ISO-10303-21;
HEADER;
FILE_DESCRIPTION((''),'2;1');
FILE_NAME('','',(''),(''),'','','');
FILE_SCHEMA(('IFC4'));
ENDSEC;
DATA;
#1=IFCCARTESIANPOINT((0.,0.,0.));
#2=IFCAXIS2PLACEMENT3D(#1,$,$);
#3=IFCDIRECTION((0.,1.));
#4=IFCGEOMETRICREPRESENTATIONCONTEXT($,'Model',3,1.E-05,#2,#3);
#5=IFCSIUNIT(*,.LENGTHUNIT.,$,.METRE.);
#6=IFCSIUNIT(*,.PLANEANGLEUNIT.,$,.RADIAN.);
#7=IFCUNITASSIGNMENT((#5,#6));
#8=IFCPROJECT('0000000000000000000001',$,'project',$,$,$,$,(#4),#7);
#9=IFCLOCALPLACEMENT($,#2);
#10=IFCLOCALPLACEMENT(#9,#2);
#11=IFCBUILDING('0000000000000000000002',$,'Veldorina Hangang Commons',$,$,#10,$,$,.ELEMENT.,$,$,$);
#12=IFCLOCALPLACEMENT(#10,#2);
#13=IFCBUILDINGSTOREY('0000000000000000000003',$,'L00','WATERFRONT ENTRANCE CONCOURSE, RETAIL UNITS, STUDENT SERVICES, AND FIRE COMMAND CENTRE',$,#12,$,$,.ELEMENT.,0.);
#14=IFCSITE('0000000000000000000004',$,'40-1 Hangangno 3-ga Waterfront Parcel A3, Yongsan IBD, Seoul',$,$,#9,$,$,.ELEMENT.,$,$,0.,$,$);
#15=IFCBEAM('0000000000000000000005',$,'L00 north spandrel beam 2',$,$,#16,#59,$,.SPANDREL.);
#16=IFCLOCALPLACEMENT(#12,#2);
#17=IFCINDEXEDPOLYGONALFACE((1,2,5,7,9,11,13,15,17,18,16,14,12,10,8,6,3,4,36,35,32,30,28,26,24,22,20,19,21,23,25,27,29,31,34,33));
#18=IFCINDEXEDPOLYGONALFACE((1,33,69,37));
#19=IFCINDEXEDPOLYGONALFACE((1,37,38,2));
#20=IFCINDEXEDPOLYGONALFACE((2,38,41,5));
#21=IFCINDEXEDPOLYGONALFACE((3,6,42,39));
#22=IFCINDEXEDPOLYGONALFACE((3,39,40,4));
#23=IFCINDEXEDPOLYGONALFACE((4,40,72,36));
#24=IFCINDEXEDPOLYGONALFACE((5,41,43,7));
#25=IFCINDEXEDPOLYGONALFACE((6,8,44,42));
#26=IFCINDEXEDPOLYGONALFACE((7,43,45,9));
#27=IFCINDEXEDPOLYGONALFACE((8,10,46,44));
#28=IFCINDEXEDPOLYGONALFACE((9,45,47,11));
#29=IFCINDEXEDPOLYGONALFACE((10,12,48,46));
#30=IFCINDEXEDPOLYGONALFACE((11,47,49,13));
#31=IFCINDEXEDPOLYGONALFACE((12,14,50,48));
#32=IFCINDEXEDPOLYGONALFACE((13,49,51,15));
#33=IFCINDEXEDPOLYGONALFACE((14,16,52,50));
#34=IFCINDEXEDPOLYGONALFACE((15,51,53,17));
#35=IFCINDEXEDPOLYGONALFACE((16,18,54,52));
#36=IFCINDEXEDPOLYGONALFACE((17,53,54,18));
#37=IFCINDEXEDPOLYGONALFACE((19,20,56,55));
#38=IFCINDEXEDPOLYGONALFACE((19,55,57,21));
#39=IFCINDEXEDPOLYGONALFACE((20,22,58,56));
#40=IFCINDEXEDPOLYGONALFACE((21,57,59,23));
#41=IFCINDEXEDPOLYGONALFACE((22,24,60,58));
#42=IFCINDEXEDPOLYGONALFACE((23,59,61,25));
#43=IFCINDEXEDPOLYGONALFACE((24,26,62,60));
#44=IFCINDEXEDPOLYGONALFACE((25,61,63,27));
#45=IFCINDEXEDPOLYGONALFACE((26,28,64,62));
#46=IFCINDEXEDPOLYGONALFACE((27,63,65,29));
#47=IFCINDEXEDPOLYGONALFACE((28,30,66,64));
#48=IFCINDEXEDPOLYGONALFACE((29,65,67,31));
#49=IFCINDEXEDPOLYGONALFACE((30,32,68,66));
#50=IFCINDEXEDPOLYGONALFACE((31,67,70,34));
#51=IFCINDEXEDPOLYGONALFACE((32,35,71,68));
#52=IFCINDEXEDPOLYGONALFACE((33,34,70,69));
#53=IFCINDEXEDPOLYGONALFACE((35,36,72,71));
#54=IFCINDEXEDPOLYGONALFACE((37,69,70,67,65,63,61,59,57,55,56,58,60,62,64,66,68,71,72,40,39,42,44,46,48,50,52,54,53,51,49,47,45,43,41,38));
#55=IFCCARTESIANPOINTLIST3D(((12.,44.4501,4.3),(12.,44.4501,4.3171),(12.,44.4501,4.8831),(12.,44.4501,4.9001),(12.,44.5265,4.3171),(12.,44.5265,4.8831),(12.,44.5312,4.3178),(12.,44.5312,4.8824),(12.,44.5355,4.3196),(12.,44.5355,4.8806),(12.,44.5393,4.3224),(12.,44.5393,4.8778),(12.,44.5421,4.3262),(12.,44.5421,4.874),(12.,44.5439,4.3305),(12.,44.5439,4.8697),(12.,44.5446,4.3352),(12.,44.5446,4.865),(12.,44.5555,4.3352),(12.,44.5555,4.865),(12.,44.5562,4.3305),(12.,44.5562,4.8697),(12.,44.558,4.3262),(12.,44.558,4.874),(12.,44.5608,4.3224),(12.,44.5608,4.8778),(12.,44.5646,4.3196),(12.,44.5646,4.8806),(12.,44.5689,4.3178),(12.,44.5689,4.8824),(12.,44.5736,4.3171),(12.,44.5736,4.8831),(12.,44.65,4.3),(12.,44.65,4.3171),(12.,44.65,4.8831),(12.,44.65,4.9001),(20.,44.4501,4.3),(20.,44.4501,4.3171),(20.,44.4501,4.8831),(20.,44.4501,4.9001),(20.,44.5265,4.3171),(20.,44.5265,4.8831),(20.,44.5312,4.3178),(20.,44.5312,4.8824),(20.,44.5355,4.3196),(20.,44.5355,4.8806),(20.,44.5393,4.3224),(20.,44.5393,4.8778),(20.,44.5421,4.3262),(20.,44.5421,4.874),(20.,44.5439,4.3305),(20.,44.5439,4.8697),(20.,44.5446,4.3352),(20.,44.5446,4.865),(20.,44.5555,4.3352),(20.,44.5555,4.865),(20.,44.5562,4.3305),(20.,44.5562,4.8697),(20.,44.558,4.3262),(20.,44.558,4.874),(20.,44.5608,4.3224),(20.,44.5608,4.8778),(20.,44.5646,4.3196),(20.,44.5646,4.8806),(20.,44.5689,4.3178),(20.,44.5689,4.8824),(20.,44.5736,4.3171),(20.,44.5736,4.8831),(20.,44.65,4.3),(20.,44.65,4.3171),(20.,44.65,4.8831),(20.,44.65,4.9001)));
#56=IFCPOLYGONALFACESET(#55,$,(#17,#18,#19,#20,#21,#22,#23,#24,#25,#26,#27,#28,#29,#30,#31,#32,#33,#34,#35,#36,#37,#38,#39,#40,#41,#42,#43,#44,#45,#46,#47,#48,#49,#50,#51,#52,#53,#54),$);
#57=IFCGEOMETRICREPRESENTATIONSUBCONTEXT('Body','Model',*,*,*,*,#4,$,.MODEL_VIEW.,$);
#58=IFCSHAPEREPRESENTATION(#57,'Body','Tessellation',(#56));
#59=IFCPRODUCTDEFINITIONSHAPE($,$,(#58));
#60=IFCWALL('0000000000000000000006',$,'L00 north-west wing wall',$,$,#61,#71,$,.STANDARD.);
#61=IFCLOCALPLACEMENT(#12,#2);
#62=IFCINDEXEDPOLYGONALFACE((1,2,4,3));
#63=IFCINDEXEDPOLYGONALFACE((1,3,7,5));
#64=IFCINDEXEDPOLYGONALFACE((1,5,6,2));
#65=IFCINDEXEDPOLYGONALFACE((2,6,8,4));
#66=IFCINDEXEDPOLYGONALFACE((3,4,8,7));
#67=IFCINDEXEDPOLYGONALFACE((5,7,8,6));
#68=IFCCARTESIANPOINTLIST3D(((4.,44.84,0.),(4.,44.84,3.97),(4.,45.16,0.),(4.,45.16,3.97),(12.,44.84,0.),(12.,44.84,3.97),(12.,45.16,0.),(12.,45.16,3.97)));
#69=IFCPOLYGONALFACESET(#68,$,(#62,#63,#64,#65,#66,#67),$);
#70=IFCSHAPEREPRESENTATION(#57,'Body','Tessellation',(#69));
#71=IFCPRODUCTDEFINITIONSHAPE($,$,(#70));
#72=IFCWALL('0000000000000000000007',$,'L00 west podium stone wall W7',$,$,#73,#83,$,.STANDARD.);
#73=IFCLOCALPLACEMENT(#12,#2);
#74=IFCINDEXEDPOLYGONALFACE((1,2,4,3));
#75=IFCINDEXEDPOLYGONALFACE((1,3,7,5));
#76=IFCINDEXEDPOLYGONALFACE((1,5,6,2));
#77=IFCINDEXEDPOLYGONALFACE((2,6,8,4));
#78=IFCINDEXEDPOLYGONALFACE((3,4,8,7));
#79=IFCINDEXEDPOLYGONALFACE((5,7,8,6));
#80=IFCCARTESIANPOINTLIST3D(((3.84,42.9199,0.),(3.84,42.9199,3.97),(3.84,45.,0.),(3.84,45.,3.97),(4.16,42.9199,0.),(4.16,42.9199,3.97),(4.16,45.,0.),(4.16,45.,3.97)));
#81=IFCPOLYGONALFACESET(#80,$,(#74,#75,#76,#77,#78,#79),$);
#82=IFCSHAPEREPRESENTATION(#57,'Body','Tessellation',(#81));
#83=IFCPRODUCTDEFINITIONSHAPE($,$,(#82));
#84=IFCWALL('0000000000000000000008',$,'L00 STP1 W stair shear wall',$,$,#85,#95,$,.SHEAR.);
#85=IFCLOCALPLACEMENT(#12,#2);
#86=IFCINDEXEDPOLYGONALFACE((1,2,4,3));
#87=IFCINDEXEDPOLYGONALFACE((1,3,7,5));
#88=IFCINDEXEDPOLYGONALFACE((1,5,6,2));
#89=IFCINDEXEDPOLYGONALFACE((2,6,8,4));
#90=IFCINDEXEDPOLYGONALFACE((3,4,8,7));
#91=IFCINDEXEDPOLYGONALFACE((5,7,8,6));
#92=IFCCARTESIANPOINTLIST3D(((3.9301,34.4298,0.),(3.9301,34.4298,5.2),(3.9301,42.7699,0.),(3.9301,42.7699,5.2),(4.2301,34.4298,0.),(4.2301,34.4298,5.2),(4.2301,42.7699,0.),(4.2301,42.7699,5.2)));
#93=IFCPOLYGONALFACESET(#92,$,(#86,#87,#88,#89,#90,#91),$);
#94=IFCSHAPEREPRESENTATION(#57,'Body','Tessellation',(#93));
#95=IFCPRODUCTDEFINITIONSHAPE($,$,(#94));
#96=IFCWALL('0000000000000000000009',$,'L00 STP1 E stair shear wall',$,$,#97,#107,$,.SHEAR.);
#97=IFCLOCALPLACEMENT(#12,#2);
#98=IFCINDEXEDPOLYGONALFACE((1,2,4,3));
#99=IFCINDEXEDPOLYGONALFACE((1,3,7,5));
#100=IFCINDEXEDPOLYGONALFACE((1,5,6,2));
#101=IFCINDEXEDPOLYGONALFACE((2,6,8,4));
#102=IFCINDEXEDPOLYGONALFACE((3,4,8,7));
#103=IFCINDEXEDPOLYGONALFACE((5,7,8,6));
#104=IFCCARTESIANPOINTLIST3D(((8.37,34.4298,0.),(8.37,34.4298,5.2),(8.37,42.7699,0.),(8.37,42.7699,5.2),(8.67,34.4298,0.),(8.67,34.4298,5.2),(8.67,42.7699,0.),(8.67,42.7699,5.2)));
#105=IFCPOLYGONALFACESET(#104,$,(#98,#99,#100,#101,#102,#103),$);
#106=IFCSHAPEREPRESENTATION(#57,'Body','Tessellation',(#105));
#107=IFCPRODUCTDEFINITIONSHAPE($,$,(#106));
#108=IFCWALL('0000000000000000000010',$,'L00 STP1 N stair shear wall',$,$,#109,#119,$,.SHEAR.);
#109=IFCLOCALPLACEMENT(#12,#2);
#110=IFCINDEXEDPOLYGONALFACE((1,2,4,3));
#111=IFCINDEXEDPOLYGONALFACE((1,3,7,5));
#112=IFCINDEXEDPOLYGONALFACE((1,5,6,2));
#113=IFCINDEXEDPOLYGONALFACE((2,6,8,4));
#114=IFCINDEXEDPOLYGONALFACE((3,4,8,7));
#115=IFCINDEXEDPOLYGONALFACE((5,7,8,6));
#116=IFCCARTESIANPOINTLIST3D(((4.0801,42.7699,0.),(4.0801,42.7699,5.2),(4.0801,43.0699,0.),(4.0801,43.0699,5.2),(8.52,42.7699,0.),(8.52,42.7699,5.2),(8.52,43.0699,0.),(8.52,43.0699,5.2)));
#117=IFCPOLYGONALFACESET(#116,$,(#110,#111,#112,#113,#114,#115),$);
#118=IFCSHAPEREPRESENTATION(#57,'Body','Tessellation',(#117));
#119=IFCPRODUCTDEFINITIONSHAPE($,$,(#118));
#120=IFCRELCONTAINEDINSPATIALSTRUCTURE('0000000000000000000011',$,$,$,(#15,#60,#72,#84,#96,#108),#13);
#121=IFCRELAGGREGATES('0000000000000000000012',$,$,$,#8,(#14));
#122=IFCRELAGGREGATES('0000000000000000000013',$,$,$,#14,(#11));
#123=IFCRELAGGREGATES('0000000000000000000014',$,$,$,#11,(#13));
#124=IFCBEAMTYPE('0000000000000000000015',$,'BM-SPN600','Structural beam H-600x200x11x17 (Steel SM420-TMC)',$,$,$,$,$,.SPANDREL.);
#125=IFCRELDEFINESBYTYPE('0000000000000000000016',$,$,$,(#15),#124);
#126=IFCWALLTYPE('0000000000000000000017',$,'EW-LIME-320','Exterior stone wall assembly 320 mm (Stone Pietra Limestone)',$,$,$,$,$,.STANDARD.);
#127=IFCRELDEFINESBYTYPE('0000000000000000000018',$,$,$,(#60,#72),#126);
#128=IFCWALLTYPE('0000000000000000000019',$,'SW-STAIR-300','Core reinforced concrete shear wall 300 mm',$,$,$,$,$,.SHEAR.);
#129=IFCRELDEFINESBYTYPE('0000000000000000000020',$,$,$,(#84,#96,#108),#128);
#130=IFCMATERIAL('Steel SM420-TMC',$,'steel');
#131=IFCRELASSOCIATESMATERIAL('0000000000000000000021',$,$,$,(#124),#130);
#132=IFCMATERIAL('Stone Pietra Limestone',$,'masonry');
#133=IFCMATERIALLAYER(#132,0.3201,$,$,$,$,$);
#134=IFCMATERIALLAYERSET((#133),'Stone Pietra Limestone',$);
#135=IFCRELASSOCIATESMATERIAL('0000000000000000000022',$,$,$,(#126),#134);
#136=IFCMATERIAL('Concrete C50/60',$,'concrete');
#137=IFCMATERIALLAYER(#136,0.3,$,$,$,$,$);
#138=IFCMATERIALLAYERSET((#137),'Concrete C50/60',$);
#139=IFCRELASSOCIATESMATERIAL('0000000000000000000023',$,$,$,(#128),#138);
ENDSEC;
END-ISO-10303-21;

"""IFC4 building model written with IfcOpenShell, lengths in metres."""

from ifc_helpers import new_model, si_unit, direction, frame, frame_2d, origin, origin_2d, place, context, subcontext, project, spatial, rectangle, i_section, extrude, material, layer, layer_set, material_profile, profile_set, type_object, element, save


model = new_model("IFC4")

# Units and contexts
model_context = context("Model", 3, precision=1e-05, world=origin(), true_north=direction((0.0, 1.0)))
body_context = subcontext(model_context, "Body", "Model", "MODEL_VIEW")
ifc_project = project(units=[si_unit("LENGTHUNIT", "METRE"), si_unit("PLANEANGLEUNIT", "RADIAN")], contexts=[model_context])

# Site, building, storey
site_placement = place(None, origin())
site = spatial("IfcSite", under=ifc_project, at=site_placement, Name="40-1 Hangangno 3-ga Waterfront Parcel A3, Yongsan IBD, Seoul", CompositionType="ELEMENT", RefElevation=0.0)
building_placement = place(site_placement, origin())
building = spatial("IfcBuilding", under=site, at=building_placement, Name="Veldorina Hangang Commons", CompositionType="ELEMENT")
storey_placement = place(building_placement, origin())
storey = spatial("IfcBuildingStorey", under=building, at=storey_placement, Name="L00", Description="WATERFRONT ENTRANCE CONCOURSE, RETAIL UNITS, STUDENT SERVICES, AND FIRE COMMAND CENTRE", CompositionType="ELEMENT", Elevation=0.0)

# Beam
ifc_material_1 = material(Name="Steel SM420-TMC", Category="steel")
ifc_material_profile_1 = material_profile(ifc_material_1, i_section(OverallWidth=0.2, OverallDepth=0.6001, WebThickness=0.011, FlangeThickness=0.0171, FilletRadius=0.0181, at=origin_2d()), Name="H-600x200x11x17")
ifc_profile_set_1 = profile_set([ifc_material_profile_1], Name="Steel SM420-TMC")
beam_type_1 = type_object("IfcBeamType", Name="BM-SPN600", Description="Structural beam H-600x200x11x17 (Steel SM420-TMC)", PredefinedType="SPANDREL", material=ifc_profile_set_1)
beam_1_placement = place(storey_placement, frame((12.0, 44.55, 4.6001), z_axis=(1.0, 0.0, 0.0), x_axis=(0.0, 1.0, 0.0)))
element("IfcBeam", 1, at=beam_1_placement, inside=storey, type_object=beam_type_1, Name="L00 north spandrel beam 2", PredefinedType="SPANDREL", context=body_context, shape_type="SweptSolid", body=[
    extrude(i_section(OverallWidth=0.2, OverallDepth=0.6001, WebThickness=0.011, FlangeThickness=0.0171, FilletRadius=0.0181, at=origin_2d()), origin(), (0.0, 0.0, 1.0), 8.0),
])

# Walls
ifc_material_2 = material(Name="Stone Pietra Limestone", Category="masonry")
ifc_layer_1 = layer(ifc_material_2, 0.3201)
ifc_layer_set_1 = layer_set([ifc_layer_1], Name="Stone Pietra Limestone")
wall_type_1 = type_object("IfcWallType", Name="EW-LIME-320", Description="Exterior stone wall assembly 320 mm (Stone Pietra Limestone)", PredefinedType="STANDARD", material=ifc_layer_set_1)
wall_1_placement = place(storey_placement, frame((12.0, 45.0, 0.0), z_axis=(0.0, 0.0, 1.0), x_axis=(-1.0, 0.0, 0.0)))
element("IfcWall", 2, at=wall_1_placement, inside=storey, type_object=wall_type_1, Name="L00 north-west wing wall", PredefinedType="STANDARD", context=body_context, shape_type="SweptSolid", body=[
    extrude(rectangle(XDim=8.0, YDim=0.3201, at=frame_2d((4.0, 0.0))), origin(), (0.0, 0.0, 1.0), 3.97),
])
wall_2_placement = place(storey_placement, frame((4.0, 45.0, 0.0), z_axis=(0.0, 0.0, 1.0), x_axis=(0.0, -1.0, 0.0)))
element("IfcWall", 3, at=wall_2_placement, inside=storey, type_object=wall_type_1, Name="L00 west podium stone wall W7", PredefinedType="STANDARD", context=body_context, shape_type="SweptSolid", body=[
    extrude(rectangle(XDim=2.0801, YDim=0.3201, at=frame_2d((1.04, 0.0))), origin(), (0.0, 0.0, 1.0), 3.97),
])
ifc_material_3 = material(Name="Concrete C50/60", Category="concrete")
ifc_layer_2 = layer(ifc_material_3, 0.3)
ifc_layer_set_2 = layer_set([ifc_layer_2], Name="Concrete C50/60")
wall_type_2 = type_object("IfcWallType", Name="SW-STAIR-300", Description="Core reinforced concrete shear wall 300 mm", PredefinedType="SHEAR", material=ifc_layer_set_2)
for number, where, z_axis, x_axis, name in (
    (4, (4.0801, 34.4299, 0.0), (0.0, 0.0, 1.0), (0.0, 1.0, 0.0), "L00 STP1 W stair shear wall"),
    (5, (8.52, 34.4299, 0.0), (0.0, 0.0, 1.0), (0.0, 1.0, 0.0), "L00 STP1 E stair shear wall"),
):
    element("IfcWall", number, at=place(storey_placement, frame(where, z_axis=z_axis, x_axis=x_axis)), inside=storey, type_object=wall_type_2, Name=name, PredefinedType="SHEAR", context=body_context, shape_type="SweptSolid", body=[
        extrude(rectangle(XDim=8.3401, YDim=0.3, at=frame_2d((4.1699, 0.0))), origin(), (0.0, 0.0, 1.0), 5.2),
    ])
wall_3_placement = place(storey_placement, frame((4.0801, 42.9199, 0.0), z_axis=(0.0, 0.0, 1.0), x_axis=(1.0, 0.0, 0.0)))
element("IfcWall", 6, at=wall_3_placement, inside=storey, type_object=wall_type_2, Name="L00 STP1 N stair shear wall", PredefinedType="SHEAR", context=body_context, shape_type="SweptSolid", body=[
    extrude(rectangle(XDim=4.4399, YDim=0.3, at=frame_2d((2.22, 0.0))), origin(), (0.0, 0.0, 1.0), 5.2),
])

save(model, "model.ifc")
